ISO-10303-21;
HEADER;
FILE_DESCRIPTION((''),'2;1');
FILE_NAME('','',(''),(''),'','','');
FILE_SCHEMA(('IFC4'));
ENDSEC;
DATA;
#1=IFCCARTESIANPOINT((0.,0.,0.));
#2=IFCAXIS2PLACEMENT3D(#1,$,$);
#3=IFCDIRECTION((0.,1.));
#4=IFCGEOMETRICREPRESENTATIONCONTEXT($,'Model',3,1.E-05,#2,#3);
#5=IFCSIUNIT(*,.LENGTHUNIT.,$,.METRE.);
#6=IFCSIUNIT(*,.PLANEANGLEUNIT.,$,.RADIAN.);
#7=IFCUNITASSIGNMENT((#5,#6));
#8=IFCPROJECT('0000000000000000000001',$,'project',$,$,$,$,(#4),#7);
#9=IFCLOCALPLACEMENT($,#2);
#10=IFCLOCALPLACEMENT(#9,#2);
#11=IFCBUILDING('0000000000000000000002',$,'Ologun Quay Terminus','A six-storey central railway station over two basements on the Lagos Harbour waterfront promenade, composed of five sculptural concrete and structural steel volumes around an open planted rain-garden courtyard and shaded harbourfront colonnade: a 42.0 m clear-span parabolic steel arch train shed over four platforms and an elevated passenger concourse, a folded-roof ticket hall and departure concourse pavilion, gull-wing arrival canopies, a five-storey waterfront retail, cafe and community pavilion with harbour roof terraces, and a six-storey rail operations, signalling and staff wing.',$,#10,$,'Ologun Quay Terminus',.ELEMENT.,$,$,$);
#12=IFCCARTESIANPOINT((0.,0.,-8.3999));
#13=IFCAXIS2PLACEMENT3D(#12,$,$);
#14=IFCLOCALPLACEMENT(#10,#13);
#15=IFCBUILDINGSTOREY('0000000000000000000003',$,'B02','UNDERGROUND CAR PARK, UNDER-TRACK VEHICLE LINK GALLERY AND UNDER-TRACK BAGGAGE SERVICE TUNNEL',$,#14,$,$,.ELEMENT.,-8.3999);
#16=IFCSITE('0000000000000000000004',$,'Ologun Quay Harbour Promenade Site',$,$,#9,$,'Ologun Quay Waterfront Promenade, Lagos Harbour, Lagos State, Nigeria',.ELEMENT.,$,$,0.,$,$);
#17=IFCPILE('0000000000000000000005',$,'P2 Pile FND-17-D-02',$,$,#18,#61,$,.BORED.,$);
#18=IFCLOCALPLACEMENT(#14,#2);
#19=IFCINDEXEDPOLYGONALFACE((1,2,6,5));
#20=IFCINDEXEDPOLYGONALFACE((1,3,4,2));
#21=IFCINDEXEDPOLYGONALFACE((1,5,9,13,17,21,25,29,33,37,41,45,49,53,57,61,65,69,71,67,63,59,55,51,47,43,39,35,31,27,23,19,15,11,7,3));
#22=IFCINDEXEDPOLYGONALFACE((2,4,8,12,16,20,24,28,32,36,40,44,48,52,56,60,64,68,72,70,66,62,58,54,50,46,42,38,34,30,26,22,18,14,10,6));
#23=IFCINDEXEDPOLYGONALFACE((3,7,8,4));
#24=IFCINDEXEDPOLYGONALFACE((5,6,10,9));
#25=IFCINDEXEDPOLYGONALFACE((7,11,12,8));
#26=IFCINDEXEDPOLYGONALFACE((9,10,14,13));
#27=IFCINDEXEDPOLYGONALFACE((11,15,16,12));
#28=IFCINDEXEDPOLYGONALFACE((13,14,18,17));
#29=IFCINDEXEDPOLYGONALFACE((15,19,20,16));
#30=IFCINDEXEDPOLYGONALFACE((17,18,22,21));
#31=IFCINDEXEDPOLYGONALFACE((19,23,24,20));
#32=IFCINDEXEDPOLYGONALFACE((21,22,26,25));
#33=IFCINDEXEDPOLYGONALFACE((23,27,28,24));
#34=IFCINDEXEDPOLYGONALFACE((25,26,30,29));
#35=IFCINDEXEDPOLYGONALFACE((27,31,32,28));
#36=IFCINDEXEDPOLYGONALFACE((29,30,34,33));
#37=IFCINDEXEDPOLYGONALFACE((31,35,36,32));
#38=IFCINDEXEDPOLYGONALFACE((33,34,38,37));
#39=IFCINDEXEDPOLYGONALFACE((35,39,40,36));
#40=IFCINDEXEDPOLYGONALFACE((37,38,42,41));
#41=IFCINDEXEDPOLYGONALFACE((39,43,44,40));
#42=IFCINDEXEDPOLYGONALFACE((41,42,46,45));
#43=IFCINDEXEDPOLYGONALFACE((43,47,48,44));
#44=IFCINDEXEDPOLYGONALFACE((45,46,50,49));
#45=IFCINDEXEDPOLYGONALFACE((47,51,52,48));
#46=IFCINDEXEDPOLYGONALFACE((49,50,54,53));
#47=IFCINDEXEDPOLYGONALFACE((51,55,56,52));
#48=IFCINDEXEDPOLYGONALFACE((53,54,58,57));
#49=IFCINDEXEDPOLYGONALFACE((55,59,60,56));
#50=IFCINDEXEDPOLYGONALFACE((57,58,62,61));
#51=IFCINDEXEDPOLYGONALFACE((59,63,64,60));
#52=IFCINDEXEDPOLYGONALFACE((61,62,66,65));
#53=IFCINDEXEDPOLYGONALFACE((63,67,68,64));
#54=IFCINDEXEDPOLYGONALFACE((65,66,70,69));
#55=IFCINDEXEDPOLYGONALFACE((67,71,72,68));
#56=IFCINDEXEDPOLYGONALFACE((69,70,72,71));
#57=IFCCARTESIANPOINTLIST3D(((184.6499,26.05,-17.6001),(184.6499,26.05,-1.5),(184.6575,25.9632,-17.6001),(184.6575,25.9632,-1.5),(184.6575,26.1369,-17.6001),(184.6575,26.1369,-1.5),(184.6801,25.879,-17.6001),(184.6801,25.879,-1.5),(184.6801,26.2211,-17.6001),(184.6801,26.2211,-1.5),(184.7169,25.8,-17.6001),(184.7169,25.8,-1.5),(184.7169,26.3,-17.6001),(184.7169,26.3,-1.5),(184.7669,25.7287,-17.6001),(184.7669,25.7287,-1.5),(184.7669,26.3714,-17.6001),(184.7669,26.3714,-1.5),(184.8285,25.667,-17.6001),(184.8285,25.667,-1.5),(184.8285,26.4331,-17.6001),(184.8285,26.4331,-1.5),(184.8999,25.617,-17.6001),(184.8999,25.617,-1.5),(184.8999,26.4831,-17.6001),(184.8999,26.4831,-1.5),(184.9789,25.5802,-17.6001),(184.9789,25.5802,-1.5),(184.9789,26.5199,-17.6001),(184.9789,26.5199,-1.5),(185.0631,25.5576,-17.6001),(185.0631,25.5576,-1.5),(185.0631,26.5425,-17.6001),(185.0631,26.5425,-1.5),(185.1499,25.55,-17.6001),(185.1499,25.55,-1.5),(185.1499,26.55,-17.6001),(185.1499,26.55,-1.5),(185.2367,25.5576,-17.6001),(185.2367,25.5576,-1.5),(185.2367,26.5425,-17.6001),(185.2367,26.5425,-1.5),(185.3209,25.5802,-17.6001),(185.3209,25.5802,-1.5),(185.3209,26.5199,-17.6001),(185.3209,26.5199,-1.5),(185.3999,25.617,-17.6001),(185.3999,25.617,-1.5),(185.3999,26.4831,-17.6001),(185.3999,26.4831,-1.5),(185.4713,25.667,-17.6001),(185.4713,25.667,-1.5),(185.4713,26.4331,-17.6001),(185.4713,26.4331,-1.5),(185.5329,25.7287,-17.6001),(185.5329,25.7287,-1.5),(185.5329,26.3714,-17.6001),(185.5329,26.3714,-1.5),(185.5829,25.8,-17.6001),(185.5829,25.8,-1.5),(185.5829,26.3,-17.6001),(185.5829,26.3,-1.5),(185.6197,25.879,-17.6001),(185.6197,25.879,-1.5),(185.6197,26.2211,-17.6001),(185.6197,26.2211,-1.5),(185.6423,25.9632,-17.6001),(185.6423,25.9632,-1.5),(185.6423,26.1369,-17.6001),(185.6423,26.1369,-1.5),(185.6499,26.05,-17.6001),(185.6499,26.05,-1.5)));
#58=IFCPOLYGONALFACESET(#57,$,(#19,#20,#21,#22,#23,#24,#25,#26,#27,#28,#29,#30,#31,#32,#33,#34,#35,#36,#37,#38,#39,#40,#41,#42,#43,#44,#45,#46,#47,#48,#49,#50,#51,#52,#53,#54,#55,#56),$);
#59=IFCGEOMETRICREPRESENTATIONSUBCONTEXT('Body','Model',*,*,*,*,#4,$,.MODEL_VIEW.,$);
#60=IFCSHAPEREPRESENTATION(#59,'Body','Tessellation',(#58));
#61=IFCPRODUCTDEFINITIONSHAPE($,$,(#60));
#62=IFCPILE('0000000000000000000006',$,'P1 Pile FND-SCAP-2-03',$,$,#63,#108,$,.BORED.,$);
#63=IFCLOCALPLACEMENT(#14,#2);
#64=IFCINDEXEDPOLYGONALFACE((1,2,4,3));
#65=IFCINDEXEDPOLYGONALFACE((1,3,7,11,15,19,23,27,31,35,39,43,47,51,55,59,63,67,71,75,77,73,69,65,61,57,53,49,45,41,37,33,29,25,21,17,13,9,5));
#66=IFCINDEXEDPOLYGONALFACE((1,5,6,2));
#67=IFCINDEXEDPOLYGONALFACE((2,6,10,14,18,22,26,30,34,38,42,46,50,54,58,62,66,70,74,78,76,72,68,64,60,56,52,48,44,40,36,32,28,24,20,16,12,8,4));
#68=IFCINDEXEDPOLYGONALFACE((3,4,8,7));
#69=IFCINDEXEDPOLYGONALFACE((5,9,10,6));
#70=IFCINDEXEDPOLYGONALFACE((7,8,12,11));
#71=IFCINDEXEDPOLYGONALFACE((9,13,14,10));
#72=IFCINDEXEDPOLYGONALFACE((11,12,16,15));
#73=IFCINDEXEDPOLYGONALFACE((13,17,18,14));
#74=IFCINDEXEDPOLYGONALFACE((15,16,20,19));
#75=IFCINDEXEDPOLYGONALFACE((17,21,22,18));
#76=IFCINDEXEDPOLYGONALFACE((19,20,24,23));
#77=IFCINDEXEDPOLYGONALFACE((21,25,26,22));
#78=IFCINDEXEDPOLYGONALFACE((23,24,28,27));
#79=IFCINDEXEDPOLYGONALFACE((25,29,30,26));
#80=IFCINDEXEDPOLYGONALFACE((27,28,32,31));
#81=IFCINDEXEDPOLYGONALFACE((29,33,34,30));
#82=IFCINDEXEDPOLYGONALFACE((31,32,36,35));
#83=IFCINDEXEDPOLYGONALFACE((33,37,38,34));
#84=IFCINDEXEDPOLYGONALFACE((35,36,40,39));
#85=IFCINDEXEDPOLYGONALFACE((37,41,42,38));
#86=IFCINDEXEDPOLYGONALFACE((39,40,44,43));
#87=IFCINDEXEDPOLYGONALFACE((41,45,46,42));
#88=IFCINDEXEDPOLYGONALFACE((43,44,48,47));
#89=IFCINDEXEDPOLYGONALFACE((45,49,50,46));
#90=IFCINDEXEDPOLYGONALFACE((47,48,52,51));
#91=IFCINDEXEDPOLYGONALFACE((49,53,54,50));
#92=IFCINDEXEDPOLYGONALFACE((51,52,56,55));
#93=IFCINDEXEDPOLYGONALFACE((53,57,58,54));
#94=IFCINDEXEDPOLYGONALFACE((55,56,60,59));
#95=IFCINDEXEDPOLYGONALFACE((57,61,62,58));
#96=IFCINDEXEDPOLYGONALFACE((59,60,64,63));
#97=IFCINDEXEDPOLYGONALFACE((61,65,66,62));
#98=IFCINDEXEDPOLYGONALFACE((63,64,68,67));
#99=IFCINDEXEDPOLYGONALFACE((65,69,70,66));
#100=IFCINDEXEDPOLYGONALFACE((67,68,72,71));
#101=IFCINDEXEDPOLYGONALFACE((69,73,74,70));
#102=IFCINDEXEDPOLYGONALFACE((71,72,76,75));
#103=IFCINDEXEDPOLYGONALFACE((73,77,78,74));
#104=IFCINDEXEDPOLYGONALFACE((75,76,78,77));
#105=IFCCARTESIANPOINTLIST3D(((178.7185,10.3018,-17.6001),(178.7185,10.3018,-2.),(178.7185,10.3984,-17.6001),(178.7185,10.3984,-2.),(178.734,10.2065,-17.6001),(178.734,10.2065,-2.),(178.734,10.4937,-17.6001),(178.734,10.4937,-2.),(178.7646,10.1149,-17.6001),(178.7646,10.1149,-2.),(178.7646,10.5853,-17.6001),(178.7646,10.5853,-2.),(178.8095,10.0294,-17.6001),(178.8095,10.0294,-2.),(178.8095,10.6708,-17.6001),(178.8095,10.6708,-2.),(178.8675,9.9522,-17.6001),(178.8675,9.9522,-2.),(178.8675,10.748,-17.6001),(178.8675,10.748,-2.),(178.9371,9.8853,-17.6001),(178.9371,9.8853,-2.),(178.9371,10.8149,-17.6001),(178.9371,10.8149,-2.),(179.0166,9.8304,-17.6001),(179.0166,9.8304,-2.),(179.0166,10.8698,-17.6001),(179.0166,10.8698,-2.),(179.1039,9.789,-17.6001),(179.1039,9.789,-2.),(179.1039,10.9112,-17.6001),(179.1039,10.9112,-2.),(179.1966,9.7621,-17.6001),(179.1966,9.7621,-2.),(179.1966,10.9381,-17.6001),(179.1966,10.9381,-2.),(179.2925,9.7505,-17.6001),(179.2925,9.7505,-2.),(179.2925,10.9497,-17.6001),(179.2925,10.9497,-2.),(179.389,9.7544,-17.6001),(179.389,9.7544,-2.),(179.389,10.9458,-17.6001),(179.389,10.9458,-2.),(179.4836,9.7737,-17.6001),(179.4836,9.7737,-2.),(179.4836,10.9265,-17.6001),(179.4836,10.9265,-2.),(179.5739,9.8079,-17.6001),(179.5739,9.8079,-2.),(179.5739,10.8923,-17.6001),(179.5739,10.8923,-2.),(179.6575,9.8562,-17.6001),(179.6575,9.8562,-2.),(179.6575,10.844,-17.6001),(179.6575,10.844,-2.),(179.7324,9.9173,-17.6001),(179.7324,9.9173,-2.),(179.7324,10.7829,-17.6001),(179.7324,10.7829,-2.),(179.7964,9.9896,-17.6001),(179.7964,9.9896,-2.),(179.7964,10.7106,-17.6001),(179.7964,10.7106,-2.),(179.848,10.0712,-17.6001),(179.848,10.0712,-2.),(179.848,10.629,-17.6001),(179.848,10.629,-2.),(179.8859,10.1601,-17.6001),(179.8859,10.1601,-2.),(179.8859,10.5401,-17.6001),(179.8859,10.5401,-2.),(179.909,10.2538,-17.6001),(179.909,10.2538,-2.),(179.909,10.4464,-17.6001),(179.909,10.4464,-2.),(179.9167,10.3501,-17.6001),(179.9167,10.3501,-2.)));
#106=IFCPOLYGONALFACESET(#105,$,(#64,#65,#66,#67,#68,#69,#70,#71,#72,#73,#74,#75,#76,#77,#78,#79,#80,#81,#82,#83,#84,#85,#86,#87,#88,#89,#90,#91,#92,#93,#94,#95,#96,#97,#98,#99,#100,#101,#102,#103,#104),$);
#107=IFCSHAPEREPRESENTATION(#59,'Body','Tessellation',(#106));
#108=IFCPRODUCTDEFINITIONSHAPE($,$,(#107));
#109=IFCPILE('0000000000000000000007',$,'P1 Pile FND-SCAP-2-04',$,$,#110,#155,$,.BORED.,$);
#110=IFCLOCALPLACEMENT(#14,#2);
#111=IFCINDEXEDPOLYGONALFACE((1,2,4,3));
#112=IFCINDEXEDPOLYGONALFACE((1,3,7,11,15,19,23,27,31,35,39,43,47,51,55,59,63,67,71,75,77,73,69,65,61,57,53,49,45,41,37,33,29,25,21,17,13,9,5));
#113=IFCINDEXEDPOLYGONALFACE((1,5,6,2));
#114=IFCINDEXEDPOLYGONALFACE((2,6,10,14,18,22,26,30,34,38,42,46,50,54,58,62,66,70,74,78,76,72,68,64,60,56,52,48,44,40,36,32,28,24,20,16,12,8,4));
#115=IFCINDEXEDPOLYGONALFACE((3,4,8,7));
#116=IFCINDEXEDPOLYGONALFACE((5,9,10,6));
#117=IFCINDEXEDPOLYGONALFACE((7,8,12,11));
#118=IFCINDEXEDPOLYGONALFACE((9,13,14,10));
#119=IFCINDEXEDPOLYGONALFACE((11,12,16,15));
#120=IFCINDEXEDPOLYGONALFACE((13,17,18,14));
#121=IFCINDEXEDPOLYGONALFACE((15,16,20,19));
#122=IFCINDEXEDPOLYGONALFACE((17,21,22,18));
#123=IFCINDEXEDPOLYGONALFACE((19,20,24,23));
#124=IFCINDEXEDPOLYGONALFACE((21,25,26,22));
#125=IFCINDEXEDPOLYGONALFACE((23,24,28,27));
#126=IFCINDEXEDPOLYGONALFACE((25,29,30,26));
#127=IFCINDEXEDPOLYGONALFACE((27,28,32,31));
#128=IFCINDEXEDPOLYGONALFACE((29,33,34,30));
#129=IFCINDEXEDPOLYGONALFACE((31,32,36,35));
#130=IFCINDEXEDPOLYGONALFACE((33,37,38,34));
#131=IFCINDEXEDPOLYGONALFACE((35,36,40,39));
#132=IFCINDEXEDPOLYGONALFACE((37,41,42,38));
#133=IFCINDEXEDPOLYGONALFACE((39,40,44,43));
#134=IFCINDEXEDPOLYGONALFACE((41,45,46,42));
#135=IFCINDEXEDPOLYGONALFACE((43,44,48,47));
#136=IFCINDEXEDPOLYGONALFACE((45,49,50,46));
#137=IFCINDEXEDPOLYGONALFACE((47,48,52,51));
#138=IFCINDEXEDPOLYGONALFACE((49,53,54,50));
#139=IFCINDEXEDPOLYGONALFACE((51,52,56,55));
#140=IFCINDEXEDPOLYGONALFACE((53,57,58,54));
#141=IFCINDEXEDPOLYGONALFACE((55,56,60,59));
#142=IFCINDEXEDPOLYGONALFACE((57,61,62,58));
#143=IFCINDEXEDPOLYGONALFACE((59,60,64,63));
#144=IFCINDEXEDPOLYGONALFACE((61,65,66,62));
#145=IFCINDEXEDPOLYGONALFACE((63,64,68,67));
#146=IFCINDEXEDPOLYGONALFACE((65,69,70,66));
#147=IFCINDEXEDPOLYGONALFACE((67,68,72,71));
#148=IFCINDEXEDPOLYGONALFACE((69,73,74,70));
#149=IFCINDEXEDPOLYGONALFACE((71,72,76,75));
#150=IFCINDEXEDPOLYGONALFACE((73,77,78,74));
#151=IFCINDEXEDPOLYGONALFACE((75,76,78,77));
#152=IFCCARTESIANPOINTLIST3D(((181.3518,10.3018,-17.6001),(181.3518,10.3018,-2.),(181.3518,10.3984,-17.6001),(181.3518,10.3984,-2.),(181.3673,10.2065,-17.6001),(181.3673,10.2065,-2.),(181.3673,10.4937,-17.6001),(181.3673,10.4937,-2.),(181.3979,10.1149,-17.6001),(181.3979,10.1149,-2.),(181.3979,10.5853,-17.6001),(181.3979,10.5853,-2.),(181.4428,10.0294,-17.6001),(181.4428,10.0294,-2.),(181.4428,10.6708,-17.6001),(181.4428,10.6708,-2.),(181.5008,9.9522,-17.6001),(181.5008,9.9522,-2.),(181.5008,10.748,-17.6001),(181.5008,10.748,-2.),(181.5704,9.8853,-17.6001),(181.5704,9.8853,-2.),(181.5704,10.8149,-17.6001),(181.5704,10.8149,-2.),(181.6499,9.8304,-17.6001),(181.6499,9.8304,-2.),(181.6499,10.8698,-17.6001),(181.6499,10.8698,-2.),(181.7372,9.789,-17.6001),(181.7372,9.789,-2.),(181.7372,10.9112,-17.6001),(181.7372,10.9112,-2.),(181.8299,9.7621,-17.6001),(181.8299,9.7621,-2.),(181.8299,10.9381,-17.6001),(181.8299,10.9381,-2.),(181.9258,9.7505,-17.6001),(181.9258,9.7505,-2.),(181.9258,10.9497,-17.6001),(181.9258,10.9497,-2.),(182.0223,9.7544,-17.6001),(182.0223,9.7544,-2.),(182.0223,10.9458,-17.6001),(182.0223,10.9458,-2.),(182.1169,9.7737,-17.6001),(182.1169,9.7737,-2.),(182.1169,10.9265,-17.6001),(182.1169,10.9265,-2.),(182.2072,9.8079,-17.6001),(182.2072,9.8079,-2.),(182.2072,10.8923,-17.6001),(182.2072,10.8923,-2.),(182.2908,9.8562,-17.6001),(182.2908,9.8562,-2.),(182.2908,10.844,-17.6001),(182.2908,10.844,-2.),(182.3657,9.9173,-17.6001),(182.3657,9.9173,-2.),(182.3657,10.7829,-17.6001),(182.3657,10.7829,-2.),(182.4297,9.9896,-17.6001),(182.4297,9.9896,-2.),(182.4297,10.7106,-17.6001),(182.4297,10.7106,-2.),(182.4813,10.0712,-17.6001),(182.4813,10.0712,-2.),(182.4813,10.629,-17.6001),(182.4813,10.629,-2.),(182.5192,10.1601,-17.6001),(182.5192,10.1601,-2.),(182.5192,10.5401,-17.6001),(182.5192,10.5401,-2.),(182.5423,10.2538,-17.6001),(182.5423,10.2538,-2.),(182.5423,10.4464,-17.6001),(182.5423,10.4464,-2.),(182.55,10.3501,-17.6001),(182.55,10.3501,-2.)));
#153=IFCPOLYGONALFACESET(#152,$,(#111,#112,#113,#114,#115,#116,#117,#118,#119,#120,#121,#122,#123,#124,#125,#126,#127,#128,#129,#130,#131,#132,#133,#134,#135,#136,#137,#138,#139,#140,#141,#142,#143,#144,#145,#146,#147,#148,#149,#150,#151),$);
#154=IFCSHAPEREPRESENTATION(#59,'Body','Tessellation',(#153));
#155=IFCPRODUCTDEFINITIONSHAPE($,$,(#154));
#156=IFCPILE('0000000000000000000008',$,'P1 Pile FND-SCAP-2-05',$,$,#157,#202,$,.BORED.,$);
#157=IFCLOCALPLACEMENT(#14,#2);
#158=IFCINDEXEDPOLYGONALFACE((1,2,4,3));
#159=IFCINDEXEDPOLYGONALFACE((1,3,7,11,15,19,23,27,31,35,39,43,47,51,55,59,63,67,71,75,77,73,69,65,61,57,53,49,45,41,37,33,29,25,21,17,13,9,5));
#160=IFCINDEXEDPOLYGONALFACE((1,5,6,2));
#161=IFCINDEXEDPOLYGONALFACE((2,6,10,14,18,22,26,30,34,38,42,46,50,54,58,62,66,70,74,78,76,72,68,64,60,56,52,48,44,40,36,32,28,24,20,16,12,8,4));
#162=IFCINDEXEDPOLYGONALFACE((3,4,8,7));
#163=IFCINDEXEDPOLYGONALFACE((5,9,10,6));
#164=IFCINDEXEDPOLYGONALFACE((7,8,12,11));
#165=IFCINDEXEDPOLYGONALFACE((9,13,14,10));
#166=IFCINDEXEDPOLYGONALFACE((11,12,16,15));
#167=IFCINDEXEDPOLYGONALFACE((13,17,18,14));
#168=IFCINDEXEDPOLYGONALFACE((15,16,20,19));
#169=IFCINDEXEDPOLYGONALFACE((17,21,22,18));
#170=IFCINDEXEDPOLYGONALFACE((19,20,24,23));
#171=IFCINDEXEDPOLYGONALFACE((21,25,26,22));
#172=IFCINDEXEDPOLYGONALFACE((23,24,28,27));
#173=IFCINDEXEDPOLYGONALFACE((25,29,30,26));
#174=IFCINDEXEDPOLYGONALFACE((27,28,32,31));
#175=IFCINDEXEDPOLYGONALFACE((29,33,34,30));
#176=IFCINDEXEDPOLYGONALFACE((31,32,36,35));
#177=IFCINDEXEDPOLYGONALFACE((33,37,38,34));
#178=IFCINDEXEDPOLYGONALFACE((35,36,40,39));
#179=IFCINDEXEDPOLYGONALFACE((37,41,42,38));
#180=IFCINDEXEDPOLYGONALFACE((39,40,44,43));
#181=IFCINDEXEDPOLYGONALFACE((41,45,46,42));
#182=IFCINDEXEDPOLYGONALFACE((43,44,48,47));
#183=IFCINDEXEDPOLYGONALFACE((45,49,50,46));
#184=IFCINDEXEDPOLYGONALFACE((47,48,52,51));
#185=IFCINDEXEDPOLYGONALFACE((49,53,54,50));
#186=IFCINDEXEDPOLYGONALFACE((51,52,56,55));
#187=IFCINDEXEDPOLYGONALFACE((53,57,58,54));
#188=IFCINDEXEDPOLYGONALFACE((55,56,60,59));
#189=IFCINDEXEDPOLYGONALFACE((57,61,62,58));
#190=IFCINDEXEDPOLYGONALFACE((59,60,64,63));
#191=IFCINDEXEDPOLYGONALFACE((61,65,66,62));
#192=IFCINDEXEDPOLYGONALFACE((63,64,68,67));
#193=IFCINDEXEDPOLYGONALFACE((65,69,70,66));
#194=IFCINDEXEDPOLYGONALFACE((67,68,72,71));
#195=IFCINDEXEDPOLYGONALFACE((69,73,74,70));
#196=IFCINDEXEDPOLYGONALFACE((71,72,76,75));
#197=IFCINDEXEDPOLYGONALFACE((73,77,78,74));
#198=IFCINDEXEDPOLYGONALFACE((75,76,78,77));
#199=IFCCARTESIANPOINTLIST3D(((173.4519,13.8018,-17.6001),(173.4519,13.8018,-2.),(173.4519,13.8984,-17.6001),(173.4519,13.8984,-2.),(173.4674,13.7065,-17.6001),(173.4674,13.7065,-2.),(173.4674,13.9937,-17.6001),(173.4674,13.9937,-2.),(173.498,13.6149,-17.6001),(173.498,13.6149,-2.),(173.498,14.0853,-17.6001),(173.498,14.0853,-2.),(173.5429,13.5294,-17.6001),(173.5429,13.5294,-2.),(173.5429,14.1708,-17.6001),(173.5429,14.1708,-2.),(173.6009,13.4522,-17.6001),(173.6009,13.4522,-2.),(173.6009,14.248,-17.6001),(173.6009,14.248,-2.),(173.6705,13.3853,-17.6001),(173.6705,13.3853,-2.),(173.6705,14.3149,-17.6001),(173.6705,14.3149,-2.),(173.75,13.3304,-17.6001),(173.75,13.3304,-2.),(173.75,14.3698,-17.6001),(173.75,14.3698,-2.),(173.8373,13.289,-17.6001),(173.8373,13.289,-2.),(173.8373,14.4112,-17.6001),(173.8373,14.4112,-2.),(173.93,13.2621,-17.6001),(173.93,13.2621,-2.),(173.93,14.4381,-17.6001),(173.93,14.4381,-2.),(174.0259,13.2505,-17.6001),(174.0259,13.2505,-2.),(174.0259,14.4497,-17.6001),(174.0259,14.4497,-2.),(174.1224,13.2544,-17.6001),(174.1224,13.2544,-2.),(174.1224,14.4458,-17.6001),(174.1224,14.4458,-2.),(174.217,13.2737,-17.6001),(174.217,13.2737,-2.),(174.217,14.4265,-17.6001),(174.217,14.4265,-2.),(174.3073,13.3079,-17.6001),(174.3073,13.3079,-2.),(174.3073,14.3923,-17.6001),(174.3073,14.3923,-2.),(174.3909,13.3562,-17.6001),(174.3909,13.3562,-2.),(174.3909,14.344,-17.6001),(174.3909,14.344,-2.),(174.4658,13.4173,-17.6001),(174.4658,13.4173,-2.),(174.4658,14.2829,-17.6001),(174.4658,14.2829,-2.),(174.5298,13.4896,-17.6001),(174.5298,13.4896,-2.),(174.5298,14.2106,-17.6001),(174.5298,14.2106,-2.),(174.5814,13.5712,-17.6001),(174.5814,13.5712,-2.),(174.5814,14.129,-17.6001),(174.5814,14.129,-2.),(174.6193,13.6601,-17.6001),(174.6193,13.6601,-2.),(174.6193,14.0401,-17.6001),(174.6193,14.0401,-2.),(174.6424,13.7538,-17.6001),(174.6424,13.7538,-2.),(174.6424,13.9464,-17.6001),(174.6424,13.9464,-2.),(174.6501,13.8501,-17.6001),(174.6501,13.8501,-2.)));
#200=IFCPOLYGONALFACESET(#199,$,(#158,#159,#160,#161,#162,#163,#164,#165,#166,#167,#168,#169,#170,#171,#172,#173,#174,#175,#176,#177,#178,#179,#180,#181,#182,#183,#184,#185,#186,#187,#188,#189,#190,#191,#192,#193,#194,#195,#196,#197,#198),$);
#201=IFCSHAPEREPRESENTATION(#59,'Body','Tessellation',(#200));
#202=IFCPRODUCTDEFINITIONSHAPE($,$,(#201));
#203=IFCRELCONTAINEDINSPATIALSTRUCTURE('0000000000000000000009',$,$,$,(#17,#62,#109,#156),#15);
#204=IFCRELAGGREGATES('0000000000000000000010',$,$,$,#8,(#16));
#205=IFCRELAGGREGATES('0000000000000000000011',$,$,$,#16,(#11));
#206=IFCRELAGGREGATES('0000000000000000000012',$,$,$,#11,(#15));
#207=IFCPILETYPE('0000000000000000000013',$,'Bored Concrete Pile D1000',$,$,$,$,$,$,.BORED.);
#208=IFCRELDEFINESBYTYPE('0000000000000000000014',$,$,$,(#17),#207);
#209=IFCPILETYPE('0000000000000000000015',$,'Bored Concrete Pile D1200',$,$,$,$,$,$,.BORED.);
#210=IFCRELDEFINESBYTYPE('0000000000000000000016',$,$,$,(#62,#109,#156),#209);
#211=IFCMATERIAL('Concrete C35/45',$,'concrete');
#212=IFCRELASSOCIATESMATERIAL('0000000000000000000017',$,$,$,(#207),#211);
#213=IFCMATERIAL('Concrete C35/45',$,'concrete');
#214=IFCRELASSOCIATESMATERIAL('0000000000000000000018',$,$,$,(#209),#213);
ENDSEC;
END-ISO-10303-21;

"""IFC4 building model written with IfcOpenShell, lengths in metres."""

from ifc_helpers import new_model, si_unit, direction, frame, origin, origin_2d, place, context, subcontext, project, spatial, circle, extrude, material, material_profile, profile_set, type_object, element, save


model = new_model("IFC4")

# Units and contexts
model_context = context("Model", 3, precision=1e-05, world=origin(), true_north=direction((0.0, 1.0)))
body_context = subcontext(model_context, "Body", "Model", "MODEL_VIEW")
ifc_project = project(units=[si_unit("LENGTHUNIT", "METRE"), si_unit("PLANEANGLEUNIT", "RADIAN")], contexts=[model_context])

# Site, building, storey
site_placement = place(None, origin())
site = spatial("IfcSite", under=ifc_project, at=site_placement, Name="Ologun Quay Harbour Promenade Site", LongName="Ologun Quay Waterfront Promenade, Lagos Harbour, Lagos State, Nigeria", CompositionType="ELEMENT", RefElevation=0.0)
building_placement = place(site_placement, origin())
building = spatial("IfcBuilding", under=site, at=building_placement, Name="Ologun Quay Terminus", Description="A six-storey central railway station over two basements on the Lagos Harbour waterfront promenade, composed of five sculptural concrete and structural steel volumes around an open planted rain-garden courtyard and shaded harbourfront colonnade: a 42.0 m clear-span parabolic steel arch train shed over four platforms and an elevated passenger concourse, a folded-roof ticket hall and departure concourse pavilion, gull-wing arrival canopies, a five-storey waterfront retail, cafe and community pavilion with harbour roof terraces, and a six-storey rail operations, signalling and staff wing.", LongName="Ologun Quay Terminus", CompositionType="ELEMENT")
storey_placement = place(building_placement, frame((0.0, 0.0, -8.3999)))
storey = spatial("IfcBuildingStorey", under=building, at=storey_placement, Name="B02", Description="UNDERGROUND CAR PARK, UNDER-TRACK VEHICLE LINK GALLERY AND UNDER-TRACK BAGGAGE SERVICE TUNNEL", CompositionType="ELEMENT", Elevation=-8.3999)

# Piles
ifc_material_1 = material(Name="Concrete C35/45", Category="concrete")
ifc_material_profile_1 = material_profile(ifc_material_1, circle(Radius=0.5, at=origin_2d()), Name="PILE D1000")
ifc_profile_set_1 = profile_set([ifc_material_profile_1], Name="Concrete C35/45")
pile_type_1 = type_object("IfcPileType", Name="Bored Concrete Pile D1000", PredefinedType="BORED", material=ifc_profile_set_1)
for number, where, z_axis, x_axis, name in (
    (1, (185.1499, 26.05, -1.5), (0.0, 0.0, -1.0), (1.0, 0.0, 0.0), "P2 Pile FND-17-D-02"),
):
    element("IfcPile", number, at=place(storey_placement, frame(where, z_axis=z_axis, x_axis=x_axis)), inside=storey, type_object=pile_type_1, Name=name, PredefinedType="BORED", context=body_context, shape_type="SweptSolid", body=[
        extrude(circle(Radius=0.5, at=origin_2d()), origin(), (0.0, 0.0, 1.0), 16.1001),
    ])
ifc_material_2 = material(Name="Concrete C35/45", Category="concrete")
ifc_material_profile_2 = material_profile(ifc_material_2, circle(Radius=0.6001, at=origin_2d()), Name="PILE D1200")
ifc_profile_set_2 = profile_set([ifc_material_profile_2], Name="Concrete C35/45")
pile_type_2 = type_object("IfcPileType", Name="Bored Concrete Pile D1200", PredefinedType="BORED", material=ifc_profile_set_2)
for number, where, z_axis, x_axis, name in (
    (2, (179.3167, 10.3501, -2.0), (0.0, 0.0, -1.0), (1.0, 0.0, 0.0), "P1 Pile FND-SCAP-2-03"),
    (3, (181.95, 10.3501, -2.0), (0.0, 0.0, -1.0), (1.0, 0.0, 0.0), "P1 Pile FND-SCAP-2-04"),
    (4, (174.05, 13.8501, -2.0), (0.0, 0.0, -1.0), (1.0, 0.0, 0.0), "P1 Pile FND-SCAP-2-05"),
):
    element("IfcPile", number, at=place(storey_placement, frame(where, z_axis=z_axis, x_axis=x_axis)), inside=storey, type_object=pile_type_2, Name=name, PredefinedType="BORED", context=body_context, shape_type="SweptSolid", body=[
        extrude(circle(Radius=0.6001, at=origin_2d()), origin(), (0.0, 0.0, 1.0), 15.6001),
    ])

save(model, "model.ifc")
